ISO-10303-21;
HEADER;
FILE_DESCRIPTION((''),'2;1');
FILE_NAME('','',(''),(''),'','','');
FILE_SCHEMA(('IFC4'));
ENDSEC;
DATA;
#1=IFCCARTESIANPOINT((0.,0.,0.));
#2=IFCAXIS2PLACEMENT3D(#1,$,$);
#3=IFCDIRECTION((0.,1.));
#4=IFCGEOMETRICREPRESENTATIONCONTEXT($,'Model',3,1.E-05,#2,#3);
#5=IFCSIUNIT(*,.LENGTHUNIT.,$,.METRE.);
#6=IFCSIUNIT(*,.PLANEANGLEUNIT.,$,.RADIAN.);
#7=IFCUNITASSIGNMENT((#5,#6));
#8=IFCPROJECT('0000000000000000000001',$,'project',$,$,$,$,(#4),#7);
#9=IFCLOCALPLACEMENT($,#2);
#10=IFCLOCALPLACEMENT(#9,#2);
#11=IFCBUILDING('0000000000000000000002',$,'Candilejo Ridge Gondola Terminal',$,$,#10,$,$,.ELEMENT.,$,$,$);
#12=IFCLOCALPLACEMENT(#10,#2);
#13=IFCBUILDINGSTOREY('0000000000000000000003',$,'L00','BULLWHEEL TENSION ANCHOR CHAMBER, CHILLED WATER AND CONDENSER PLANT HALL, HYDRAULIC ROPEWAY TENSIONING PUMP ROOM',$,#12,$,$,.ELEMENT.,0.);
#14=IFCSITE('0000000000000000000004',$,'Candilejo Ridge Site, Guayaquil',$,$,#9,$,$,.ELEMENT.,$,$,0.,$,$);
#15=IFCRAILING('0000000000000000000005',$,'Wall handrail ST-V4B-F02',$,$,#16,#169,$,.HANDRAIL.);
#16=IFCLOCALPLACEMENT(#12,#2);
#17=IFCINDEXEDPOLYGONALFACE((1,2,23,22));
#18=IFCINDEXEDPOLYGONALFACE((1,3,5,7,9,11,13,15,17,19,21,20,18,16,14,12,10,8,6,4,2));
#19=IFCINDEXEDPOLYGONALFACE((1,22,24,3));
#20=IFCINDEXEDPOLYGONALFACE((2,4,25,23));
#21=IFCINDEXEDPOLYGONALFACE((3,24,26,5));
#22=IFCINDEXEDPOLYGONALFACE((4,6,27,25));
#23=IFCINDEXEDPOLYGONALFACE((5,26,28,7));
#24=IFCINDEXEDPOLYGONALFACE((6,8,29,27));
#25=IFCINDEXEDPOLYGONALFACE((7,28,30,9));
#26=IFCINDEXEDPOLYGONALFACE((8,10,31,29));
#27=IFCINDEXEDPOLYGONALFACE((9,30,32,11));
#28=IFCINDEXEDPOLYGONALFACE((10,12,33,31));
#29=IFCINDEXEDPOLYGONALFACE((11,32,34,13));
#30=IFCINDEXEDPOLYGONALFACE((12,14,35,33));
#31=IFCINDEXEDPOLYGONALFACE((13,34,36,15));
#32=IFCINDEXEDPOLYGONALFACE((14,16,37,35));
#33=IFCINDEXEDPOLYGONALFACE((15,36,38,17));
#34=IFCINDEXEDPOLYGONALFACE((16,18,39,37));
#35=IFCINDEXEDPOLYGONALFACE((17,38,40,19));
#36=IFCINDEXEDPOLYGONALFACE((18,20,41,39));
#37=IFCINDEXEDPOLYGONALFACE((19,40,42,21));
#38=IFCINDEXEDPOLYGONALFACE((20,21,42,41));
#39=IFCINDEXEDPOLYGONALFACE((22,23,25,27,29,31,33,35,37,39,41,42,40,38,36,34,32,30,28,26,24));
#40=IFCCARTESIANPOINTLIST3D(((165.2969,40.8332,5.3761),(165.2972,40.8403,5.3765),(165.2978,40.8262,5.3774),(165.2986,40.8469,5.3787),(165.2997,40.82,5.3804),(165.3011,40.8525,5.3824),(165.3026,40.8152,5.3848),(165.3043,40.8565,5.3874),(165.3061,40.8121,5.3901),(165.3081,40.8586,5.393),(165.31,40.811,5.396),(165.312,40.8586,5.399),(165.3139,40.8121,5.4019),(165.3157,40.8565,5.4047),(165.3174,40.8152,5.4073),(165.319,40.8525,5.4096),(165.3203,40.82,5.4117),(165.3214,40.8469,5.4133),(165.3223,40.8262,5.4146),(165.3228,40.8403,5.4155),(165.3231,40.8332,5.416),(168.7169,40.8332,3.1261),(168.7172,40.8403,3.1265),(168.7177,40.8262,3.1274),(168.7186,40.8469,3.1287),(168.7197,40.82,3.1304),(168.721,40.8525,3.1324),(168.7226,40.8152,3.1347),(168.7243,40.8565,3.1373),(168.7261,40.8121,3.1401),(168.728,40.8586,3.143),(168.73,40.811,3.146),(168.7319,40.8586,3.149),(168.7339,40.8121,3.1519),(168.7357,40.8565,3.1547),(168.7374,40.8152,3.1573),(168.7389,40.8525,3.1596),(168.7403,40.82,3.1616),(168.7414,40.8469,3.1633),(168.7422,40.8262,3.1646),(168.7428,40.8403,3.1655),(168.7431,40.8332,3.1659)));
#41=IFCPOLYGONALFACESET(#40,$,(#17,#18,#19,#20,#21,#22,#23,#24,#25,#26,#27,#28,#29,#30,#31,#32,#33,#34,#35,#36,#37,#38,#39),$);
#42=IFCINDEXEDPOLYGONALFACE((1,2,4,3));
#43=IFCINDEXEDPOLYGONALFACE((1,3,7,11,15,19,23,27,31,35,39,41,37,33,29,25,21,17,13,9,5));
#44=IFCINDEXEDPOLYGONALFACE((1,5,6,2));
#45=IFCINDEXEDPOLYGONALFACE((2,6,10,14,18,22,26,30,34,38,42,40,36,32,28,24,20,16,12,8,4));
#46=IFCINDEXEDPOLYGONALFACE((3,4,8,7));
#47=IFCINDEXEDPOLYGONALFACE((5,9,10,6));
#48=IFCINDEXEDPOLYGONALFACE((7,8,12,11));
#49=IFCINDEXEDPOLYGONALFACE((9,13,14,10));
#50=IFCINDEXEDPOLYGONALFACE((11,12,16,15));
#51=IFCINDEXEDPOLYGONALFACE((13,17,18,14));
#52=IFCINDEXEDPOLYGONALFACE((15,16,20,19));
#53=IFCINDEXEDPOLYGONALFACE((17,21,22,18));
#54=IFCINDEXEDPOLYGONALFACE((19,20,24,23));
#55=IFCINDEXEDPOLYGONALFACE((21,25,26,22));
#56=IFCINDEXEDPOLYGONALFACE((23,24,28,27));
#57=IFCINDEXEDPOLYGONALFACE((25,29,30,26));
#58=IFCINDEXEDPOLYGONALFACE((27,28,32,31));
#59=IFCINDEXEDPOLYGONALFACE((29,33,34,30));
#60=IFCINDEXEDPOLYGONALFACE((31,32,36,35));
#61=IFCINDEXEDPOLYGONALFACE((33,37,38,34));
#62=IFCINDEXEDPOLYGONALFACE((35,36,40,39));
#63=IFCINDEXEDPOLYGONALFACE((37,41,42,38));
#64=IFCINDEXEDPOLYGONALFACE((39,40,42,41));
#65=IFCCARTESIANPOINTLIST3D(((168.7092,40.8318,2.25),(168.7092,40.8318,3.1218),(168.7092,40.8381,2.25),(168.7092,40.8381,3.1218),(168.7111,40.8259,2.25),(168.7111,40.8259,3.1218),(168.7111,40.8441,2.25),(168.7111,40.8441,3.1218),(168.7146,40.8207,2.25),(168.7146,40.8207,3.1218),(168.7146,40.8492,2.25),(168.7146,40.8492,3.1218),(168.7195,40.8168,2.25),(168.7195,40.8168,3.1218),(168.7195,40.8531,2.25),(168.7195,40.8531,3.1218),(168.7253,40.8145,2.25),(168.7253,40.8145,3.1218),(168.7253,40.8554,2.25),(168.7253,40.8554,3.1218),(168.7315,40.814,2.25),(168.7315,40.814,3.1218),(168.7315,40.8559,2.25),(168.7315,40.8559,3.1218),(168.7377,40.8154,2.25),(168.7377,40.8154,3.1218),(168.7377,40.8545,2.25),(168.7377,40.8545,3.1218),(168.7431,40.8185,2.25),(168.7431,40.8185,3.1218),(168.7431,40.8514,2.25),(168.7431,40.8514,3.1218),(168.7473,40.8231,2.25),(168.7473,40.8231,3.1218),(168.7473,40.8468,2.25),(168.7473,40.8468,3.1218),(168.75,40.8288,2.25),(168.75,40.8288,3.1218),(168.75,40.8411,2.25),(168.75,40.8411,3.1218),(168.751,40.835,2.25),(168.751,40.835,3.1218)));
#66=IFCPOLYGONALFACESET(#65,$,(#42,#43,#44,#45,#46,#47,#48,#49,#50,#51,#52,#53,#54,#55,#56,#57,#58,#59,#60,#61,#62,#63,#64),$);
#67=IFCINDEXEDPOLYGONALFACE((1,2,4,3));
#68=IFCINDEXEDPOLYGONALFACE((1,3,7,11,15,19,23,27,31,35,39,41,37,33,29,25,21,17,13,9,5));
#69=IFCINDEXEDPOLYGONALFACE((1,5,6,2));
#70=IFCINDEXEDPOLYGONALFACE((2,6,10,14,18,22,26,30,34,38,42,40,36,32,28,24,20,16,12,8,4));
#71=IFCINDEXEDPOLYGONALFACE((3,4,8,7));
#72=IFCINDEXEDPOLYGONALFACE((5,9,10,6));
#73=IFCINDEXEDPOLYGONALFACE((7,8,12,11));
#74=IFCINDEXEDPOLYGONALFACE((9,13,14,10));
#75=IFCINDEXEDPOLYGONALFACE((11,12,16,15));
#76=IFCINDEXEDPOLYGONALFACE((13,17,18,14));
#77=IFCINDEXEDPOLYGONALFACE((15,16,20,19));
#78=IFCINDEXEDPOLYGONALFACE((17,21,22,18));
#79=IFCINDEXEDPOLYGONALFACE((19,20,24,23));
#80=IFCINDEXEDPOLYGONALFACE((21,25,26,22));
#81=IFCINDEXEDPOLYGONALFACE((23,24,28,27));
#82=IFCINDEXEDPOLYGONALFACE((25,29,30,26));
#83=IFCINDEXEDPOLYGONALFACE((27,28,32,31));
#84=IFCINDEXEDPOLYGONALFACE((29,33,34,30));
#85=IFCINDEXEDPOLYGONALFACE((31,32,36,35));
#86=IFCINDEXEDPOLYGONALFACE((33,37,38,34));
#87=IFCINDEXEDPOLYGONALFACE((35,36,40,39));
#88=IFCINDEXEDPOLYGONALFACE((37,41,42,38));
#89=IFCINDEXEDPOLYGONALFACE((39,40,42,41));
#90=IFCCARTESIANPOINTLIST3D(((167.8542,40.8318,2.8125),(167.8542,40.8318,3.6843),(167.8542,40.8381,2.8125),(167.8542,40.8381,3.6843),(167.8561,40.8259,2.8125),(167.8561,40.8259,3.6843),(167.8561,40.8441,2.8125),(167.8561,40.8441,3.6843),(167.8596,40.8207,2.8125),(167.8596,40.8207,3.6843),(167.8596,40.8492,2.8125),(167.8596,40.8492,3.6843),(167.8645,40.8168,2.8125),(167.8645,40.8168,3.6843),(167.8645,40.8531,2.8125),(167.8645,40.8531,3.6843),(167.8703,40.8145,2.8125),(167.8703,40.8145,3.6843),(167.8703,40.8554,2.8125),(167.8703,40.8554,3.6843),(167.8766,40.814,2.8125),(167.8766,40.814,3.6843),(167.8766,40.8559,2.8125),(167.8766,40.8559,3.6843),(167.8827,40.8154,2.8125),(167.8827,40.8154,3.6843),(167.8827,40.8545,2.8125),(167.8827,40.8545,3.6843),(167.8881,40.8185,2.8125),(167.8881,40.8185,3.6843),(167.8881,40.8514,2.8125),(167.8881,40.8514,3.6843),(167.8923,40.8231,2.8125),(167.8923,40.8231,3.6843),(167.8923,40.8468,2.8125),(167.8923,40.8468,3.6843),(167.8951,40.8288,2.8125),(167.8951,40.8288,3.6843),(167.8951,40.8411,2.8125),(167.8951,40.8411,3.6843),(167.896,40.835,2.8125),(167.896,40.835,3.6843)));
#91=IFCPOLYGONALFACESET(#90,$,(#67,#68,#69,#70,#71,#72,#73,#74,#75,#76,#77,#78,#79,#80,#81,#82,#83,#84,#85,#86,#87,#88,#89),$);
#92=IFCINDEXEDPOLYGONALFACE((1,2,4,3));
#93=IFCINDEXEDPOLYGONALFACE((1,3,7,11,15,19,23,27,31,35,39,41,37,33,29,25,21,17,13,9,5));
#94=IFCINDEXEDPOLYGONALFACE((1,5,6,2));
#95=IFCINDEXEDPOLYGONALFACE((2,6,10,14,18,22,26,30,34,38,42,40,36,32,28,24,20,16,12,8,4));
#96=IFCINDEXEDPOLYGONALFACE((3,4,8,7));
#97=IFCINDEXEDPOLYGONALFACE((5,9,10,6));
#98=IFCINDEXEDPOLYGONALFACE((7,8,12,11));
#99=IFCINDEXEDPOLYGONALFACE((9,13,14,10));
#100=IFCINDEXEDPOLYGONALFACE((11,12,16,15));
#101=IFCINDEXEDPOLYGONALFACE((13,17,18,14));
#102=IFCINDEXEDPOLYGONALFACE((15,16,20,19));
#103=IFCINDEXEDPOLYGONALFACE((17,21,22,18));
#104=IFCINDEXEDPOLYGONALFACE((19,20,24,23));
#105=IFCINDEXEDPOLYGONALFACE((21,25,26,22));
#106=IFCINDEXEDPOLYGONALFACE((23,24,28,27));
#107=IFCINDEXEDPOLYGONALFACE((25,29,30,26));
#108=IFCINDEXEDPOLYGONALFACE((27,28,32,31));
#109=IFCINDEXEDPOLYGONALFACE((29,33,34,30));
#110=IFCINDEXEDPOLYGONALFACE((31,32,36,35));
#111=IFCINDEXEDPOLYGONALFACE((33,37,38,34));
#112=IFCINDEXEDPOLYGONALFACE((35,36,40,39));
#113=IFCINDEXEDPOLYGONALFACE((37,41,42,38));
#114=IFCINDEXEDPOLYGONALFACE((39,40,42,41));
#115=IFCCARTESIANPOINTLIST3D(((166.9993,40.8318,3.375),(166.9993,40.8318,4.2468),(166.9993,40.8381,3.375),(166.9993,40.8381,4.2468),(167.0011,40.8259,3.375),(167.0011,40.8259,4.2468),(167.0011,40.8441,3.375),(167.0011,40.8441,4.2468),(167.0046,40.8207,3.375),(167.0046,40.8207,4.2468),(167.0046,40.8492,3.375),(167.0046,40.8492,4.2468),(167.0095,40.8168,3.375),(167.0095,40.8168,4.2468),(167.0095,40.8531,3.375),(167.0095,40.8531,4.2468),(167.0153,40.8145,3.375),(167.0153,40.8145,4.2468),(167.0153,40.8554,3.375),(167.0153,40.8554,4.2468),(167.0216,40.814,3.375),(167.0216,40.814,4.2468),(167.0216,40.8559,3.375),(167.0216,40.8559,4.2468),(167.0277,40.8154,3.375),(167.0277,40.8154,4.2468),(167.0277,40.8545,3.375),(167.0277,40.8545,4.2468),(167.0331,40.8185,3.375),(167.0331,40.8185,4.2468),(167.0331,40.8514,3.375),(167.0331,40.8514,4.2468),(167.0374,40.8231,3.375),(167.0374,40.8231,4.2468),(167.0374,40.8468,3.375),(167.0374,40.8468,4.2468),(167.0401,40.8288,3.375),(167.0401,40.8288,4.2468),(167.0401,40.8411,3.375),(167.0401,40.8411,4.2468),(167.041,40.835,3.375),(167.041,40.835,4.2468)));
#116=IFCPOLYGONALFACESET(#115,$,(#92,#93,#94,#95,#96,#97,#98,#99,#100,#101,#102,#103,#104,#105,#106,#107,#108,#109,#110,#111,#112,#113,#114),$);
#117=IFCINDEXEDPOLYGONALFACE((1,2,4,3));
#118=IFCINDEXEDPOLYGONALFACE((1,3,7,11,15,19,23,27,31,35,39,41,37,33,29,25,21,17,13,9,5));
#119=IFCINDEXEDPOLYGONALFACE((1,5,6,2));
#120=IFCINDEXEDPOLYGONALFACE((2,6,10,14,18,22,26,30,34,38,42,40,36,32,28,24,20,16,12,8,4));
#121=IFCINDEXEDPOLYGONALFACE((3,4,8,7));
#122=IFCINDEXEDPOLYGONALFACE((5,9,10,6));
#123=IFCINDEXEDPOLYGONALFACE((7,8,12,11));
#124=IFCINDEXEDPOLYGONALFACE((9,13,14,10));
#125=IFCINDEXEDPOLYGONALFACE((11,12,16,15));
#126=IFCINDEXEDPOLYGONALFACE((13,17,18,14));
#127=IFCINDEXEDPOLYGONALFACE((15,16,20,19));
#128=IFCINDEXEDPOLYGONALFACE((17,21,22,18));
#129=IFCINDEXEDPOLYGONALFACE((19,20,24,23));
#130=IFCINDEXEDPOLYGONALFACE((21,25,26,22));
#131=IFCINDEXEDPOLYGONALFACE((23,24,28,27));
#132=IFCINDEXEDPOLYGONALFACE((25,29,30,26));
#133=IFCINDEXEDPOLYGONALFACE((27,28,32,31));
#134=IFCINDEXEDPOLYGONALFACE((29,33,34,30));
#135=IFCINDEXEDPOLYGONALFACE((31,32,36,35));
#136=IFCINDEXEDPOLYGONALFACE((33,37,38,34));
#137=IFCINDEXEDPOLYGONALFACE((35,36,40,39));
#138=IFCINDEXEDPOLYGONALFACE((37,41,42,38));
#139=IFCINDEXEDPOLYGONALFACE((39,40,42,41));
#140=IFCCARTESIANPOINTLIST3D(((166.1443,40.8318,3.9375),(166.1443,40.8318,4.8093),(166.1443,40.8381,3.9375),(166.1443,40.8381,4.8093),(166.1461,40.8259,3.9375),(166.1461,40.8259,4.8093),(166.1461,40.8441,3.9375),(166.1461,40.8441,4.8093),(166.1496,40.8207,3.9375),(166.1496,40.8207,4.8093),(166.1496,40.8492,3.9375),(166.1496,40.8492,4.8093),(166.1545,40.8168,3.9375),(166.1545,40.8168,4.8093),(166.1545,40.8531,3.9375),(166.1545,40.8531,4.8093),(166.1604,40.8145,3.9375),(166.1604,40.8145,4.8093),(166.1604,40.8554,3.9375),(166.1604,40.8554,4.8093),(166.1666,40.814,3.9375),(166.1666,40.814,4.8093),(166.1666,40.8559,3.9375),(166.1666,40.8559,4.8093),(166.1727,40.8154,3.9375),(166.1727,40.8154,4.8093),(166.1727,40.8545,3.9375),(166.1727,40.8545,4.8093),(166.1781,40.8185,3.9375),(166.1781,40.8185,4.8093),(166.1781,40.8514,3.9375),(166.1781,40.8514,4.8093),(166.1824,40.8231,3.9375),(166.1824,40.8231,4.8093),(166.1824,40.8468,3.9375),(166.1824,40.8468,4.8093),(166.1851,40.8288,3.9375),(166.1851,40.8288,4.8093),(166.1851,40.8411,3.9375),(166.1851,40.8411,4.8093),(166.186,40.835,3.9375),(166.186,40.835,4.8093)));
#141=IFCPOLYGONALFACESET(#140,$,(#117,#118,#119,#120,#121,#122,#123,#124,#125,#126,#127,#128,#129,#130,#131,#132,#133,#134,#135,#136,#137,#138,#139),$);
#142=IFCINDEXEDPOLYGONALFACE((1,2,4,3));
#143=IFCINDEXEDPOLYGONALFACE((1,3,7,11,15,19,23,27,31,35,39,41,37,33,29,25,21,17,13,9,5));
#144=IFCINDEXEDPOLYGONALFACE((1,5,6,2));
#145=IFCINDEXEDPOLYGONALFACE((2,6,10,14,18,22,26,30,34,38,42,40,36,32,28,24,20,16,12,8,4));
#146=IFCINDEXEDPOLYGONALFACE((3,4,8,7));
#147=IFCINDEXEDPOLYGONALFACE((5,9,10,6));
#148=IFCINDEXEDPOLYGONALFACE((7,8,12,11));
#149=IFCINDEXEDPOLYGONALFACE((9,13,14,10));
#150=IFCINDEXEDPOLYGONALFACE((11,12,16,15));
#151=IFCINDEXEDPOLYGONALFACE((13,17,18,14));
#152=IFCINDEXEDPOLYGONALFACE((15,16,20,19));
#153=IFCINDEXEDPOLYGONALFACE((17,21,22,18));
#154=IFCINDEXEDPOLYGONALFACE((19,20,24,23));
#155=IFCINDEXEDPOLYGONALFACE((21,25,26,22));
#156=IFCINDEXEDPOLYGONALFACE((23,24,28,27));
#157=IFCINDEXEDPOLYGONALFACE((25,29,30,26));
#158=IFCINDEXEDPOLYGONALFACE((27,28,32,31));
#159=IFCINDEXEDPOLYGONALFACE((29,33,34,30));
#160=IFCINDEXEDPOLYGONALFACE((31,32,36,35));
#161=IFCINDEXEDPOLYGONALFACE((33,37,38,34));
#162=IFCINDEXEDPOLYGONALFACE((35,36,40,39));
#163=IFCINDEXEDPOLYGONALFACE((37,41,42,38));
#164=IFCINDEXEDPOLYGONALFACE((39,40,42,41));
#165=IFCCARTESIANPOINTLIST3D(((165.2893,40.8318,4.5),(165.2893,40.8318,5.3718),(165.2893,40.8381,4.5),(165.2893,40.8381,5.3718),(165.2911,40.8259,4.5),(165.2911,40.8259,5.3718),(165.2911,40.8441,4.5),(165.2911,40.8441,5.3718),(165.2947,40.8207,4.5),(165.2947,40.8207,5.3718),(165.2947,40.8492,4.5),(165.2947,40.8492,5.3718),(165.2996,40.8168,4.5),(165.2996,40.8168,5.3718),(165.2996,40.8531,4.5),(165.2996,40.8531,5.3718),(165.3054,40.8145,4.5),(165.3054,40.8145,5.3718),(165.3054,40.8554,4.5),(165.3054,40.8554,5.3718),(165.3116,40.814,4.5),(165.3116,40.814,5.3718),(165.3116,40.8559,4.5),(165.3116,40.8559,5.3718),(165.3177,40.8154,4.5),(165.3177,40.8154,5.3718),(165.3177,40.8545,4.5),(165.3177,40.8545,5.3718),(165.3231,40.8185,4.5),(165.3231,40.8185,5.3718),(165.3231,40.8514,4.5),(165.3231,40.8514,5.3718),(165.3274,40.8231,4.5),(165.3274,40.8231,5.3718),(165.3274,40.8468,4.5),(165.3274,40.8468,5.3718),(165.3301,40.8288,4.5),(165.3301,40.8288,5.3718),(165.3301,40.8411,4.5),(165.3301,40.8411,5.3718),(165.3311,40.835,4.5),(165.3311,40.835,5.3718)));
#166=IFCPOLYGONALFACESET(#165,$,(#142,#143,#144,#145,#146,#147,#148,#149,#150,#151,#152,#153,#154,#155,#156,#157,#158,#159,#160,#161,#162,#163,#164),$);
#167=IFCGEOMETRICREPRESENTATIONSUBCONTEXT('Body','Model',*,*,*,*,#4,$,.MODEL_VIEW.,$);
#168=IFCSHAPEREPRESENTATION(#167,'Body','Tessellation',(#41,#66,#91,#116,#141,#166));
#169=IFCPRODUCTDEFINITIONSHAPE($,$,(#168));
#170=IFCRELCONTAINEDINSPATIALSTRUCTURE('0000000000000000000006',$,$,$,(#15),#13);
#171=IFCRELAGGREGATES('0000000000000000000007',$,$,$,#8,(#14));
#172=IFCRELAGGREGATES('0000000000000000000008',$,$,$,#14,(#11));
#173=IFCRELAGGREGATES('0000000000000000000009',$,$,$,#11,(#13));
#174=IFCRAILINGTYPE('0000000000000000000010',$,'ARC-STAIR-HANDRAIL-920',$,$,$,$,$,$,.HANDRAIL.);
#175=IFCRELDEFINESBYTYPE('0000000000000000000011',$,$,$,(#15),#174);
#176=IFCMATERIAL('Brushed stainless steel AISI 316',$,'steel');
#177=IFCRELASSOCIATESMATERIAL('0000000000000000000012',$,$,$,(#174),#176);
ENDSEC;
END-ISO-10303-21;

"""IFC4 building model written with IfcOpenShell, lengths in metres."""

from ifc_helpers import new_model, si_unit, direction, frame, origin, origin_2d, place, context, subcontext, project, spatial, circle, extrude, material, type_object, element, save


model = new_model("IFC4")

# Units and contexts
model_context = context("Model", 3, precision=1e-05, world=origin(), true_north=direction((0.0, 1.0)))
body_context = subcontext(model_context, "Body", "Model", "MODEL_VIEW")
ifc_project = project(units=[si_unit("LENGTHUNIT", "METRE"), si_unit("PLANEANGLEUNIT", "RADIAN")], contexts=[model_context])

# Site, building, storey
site_placement = place(None, origin())
site = spatial("IfcSite", under=ifc_project, at=site_placement, Name="Candilejo Ridge Site, Guayaquil", CompositionType="ELEMENT", RefElevation=0.0)
building_placement = place(site_placement, origin())
building = spatial("IfcBuilding", under=site, at=building_placement, Name="Candilejo Ridge Gondola Terminal", CompositionType="ELEMENT")
storey_placement = place(building_placement, origin())
storey = spatial("IfcBuildingStorey", under=building, at=storey_placement, Name="L00", Description="BULLWHEEL TENSION ANCHOR CHAMBER, CHILLED WATER AND CONDENSER PLANT HALL, HYDRAULIC ROPEWAY TENSIONING PUMP ROOM", CompositionType="ELEMENT", Elevation=0.0)

# Railing
ifc_material_1 = material(Name="Brushed stainless steel AISI 316", Category="steel")
railing_type_1 = type_object("IfcRailingType", Name="ARC-STAIR-HANDRAIL-920", PredefinedType="HANDRAIL", material=ifc_material_1)
railing_1_placement = place(storey_placement, frame((168.73, 40.835, 2.25)))
element("IfcRailing", 1, at=railing_1_placement, inside=storey, type_object=railing_type_1, Name="Wall handrail ST-V4B-F02", PredefinedType="HANDRAIL", context=body_context, shape_type="SweptSolid", body=[
    extrude(circle(Radius=0.0239, at=origin_2d()), frame((0.0, 0.0, 0.896), z_axis=(-0.835411, 0.0, 0.549625), x_axis=(0.0, -1.0, 0.0)), (0.0, 0.0, 1.0), 4.0938),
    extrude(circle(Radius=0.021, at=origin_2d()), origin(), (0.0, 0.0, 1.0), 0.8718),
    extrude(circle(Radius=0.021, at=origin_2d()), frame((-0.855, 0.0, 0.5625)), (0.0, 0.0, 1.0), 0.8718),
    extrude(circle(Radius=0.021, at=origin_2d()), frame((-1.71, 0.0, 1.125)), (0.0, 0.0, 1.0), 0.8718),
    extrude(circle(Radius=0.021, at=origin_2d()), frame((-2.5649, 0.0, 1.6875)), (0.0, 0.0, 1.0), 0.8718),
    extrude(circle(Radius=0.021, at=origin_2d()), frame((-3.4199, 0.0, 2.25)), (0.0, 0.0, 1.0), 0.8718),
])

save(model, "model.ifc")
